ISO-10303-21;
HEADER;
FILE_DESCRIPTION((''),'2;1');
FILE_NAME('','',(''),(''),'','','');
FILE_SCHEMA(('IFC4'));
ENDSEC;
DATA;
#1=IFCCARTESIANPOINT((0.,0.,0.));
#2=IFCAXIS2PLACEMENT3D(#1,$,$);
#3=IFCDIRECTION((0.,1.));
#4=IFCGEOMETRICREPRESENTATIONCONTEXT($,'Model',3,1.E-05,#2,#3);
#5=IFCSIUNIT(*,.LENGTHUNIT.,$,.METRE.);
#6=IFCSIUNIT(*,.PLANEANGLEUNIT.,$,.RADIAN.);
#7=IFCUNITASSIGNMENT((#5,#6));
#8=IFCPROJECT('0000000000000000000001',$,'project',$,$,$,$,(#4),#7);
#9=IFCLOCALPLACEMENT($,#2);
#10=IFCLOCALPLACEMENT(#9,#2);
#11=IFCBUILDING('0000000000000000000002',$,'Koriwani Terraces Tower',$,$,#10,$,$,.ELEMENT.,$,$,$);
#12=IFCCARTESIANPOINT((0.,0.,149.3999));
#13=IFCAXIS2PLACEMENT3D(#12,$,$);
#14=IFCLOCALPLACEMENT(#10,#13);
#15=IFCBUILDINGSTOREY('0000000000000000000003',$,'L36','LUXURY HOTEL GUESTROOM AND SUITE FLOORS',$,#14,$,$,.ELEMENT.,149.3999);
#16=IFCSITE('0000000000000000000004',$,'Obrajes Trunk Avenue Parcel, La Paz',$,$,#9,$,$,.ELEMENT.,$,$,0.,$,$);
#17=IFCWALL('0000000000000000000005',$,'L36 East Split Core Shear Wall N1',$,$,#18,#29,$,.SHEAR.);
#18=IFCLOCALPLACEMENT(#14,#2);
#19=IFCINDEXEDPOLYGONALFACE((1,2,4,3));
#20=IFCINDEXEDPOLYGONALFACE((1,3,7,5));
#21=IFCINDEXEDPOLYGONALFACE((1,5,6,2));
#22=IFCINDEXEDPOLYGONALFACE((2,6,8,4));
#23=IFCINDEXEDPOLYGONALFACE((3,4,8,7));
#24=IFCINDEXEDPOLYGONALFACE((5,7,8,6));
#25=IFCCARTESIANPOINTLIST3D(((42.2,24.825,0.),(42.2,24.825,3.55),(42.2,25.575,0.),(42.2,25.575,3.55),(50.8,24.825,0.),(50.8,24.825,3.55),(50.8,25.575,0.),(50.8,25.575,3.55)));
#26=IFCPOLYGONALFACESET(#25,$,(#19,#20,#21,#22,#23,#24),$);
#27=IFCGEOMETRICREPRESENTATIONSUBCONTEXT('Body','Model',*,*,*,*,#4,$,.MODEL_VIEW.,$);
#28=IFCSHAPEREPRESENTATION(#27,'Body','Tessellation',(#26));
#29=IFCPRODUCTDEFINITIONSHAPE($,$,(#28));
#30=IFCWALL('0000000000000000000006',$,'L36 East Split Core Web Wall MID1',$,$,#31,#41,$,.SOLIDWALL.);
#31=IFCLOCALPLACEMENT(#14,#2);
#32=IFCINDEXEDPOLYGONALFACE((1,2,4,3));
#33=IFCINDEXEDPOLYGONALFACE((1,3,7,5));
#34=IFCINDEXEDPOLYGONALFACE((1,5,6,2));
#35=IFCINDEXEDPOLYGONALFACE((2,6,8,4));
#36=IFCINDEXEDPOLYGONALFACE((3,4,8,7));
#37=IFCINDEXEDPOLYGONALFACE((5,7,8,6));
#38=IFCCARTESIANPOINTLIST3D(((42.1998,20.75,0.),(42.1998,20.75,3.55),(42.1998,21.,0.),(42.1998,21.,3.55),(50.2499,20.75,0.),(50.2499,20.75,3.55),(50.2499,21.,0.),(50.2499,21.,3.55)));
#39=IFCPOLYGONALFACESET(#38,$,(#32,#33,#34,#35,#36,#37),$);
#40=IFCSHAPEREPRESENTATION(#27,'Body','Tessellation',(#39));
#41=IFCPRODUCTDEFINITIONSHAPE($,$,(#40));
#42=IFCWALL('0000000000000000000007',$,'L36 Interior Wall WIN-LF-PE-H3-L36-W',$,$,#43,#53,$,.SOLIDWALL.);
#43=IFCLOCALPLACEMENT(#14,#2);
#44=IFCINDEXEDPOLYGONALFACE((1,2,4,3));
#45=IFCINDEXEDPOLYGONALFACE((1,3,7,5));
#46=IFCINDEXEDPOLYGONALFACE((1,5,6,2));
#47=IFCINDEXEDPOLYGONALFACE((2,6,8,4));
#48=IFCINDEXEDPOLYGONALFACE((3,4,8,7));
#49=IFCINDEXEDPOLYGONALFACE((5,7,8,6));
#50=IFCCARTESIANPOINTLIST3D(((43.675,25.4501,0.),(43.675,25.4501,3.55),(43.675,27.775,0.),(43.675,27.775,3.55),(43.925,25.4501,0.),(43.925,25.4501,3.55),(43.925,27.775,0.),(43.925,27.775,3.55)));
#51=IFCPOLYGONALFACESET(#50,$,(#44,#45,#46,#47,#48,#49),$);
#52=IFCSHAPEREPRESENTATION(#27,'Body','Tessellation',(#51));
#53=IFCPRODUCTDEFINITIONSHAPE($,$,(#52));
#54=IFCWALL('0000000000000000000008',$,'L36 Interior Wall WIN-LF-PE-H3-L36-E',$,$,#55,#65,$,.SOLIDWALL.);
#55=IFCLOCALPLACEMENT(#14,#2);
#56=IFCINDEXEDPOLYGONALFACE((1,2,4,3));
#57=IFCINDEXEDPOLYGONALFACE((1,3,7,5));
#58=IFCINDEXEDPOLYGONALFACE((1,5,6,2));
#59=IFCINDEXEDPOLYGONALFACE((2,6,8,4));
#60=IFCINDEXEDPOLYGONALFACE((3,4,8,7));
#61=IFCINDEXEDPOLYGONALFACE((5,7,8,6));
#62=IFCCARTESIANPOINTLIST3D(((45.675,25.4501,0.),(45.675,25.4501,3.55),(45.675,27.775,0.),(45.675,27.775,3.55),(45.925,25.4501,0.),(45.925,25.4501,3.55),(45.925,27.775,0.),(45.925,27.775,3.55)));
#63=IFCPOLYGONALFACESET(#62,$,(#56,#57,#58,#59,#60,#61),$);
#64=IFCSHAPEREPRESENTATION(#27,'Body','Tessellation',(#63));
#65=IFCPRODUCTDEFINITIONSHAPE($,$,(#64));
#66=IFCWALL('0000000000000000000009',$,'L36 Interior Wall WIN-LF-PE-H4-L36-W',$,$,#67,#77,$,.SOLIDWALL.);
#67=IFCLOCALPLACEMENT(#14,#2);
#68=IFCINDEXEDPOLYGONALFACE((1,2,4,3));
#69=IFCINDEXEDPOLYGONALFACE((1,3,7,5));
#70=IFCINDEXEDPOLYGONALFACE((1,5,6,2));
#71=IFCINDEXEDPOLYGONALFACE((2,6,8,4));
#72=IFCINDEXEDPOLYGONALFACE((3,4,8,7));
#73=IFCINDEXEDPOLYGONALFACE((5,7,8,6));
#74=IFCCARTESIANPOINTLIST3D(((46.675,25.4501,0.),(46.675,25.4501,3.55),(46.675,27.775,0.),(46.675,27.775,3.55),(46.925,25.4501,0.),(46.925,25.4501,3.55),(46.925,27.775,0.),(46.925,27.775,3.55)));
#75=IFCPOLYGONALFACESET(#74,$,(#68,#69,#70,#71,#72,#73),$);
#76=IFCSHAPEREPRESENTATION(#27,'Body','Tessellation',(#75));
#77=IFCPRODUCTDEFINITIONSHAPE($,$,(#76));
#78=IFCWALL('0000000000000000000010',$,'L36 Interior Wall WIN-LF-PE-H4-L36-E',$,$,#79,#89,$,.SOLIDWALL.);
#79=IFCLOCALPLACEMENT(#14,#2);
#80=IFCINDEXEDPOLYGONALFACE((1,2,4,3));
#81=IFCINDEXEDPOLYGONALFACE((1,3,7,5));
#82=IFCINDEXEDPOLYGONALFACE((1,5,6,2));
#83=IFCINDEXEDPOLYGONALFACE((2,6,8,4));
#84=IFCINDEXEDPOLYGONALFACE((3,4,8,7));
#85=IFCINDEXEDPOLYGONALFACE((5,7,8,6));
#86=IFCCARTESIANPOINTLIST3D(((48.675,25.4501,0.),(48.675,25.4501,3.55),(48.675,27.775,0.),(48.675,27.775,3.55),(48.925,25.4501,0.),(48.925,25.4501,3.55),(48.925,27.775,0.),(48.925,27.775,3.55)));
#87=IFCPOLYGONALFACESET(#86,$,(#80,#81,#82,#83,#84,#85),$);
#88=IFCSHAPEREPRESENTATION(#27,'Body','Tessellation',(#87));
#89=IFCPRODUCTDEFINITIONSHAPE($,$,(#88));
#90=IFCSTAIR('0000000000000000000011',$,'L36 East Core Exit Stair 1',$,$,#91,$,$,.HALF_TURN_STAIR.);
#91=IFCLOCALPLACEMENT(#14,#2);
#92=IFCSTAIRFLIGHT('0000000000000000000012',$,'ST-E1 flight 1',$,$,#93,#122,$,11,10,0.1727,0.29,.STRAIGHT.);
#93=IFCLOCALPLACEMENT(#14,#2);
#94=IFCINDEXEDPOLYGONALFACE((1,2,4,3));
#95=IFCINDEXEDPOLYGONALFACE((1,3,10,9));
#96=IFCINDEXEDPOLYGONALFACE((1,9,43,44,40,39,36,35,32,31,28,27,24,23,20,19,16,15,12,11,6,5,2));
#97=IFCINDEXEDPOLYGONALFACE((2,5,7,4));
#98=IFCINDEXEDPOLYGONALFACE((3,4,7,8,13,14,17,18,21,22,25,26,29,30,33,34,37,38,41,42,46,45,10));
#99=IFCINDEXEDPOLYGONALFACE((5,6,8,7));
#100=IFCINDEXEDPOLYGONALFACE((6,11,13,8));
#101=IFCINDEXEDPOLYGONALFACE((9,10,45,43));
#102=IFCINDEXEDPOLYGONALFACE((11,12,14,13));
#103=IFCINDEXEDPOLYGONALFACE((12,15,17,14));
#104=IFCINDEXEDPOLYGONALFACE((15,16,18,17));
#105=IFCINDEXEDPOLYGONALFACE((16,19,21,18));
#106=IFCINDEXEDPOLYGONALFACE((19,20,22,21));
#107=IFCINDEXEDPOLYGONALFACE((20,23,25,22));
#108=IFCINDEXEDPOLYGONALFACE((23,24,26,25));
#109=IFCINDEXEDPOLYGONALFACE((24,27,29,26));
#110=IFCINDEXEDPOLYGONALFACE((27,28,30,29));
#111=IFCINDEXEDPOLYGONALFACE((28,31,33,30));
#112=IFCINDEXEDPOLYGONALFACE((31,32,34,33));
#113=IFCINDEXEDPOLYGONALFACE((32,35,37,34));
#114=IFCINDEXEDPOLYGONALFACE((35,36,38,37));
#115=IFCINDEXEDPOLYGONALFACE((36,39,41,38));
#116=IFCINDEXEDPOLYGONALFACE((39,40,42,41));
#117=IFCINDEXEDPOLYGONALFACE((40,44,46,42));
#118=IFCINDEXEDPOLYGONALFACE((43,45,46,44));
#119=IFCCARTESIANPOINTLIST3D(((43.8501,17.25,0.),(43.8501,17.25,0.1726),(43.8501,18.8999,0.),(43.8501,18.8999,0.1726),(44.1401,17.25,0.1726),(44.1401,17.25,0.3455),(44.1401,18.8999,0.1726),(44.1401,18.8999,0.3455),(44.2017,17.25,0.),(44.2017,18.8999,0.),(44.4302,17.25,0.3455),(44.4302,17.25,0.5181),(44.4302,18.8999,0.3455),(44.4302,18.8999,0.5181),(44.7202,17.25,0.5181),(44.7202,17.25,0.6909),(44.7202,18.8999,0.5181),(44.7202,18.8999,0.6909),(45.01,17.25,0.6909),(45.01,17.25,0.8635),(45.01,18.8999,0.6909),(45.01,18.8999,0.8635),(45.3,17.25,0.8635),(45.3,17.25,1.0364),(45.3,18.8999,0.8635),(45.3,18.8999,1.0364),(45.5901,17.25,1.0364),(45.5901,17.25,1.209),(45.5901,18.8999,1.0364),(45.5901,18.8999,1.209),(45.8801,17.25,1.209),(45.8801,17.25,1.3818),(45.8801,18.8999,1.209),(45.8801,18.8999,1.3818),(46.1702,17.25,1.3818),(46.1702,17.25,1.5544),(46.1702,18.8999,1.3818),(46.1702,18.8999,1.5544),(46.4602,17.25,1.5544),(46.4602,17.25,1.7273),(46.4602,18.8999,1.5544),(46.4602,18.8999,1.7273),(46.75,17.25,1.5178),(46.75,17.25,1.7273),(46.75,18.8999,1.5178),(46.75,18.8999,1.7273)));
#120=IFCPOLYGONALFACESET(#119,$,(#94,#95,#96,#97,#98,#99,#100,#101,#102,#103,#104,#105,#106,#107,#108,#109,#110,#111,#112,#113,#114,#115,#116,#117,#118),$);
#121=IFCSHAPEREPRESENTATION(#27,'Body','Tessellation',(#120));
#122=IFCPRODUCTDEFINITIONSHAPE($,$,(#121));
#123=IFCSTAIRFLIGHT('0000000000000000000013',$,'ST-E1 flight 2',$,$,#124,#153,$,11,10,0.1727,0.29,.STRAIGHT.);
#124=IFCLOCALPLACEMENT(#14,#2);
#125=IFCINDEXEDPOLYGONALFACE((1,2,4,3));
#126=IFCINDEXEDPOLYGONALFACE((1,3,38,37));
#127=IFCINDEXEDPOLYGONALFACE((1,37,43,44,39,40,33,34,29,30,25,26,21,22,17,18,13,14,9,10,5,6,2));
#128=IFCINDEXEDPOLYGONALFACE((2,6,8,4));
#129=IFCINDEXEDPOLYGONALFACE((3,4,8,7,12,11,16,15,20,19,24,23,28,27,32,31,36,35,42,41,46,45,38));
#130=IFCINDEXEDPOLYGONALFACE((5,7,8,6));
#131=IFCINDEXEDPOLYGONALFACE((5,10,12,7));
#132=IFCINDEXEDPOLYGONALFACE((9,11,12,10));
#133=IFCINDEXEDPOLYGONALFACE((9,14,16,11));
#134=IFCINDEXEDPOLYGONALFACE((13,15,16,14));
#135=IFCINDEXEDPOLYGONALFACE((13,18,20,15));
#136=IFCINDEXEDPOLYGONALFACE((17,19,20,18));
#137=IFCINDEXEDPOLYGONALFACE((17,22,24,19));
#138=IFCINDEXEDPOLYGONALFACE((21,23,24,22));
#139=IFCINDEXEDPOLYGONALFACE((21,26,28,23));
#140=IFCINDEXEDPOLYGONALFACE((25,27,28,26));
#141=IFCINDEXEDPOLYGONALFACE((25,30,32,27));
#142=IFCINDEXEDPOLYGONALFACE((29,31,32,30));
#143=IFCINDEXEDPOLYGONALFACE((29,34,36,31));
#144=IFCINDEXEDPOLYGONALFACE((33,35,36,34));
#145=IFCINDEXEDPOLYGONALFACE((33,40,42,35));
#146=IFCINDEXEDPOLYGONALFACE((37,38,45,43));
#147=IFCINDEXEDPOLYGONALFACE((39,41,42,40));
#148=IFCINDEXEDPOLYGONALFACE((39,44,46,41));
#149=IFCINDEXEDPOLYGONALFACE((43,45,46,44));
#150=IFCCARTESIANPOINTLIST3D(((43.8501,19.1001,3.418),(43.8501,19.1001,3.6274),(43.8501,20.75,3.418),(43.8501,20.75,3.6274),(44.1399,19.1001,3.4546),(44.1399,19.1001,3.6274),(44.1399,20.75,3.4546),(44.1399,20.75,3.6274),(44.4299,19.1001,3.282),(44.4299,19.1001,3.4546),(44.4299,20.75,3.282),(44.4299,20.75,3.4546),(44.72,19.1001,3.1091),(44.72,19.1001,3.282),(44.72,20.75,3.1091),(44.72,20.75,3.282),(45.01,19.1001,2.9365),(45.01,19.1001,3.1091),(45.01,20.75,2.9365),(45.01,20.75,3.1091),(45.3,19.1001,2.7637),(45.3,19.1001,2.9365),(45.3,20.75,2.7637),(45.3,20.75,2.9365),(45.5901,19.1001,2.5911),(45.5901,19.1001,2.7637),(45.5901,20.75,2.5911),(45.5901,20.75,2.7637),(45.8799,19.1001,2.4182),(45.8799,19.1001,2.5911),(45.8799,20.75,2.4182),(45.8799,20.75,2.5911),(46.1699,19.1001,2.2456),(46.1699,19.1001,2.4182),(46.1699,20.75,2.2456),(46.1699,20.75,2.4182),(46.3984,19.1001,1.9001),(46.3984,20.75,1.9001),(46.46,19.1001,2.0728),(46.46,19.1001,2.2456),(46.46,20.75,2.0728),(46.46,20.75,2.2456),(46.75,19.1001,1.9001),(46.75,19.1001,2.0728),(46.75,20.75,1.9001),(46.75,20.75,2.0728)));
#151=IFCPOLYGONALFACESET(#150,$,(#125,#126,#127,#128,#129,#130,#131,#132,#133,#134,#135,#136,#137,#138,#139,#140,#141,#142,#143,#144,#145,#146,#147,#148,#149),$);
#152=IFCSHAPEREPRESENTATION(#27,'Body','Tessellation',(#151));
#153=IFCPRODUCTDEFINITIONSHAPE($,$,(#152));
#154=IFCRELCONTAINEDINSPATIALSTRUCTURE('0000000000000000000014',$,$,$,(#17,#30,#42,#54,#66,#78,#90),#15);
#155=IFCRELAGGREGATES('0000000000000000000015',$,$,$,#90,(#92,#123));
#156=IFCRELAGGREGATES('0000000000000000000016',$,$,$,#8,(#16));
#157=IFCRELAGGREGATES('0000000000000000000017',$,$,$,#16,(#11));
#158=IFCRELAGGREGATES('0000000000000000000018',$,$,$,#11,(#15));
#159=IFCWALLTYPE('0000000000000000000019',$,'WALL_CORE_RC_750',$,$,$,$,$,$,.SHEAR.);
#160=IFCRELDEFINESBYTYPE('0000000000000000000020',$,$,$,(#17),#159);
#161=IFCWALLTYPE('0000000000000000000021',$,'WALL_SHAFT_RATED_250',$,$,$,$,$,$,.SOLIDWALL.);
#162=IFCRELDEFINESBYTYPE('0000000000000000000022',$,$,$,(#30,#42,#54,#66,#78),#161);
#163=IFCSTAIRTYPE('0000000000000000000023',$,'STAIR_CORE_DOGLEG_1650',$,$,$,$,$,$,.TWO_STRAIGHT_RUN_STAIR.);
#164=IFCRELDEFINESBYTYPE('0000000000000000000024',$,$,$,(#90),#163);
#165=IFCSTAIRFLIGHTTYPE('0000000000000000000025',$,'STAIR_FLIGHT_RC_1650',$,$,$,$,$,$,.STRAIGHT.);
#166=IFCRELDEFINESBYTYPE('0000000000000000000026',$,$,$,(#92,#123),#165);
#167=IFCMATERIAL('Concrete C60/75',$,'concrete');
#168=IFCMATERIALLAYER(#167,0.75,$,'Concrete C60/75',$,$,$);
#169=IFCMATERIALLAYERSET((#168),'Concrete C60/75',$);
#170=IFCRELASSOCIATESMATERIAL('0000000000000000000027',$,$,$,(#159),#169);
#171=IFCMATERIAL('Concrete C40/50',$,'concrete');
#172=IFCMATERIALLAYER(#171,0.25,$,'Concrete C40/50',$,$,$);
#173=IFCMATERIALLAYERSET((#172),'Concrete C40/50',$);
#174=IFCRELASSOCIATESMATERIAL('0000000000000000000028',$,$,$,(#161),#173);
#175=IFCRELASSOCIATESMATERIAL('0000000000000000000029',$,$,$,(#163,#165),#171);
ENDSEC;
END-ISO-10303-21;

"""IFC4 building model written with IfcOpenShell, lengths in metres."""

from ifc_helpers import new_model, si_unit, direction, frame, frame_2d, origin, place, context, subcontext, project, spatial, polyline, rectangle, outline, extrude, material, layer, layer_set, type_object, element, aggregate, save


model = new_model("IFC4")

# Units and contexts
model_context = context("Model", 3, precision=1e-05, world=origin(), true_north=direction((0.0, 1.0)))
body_context = subcontext(model_context, "Body", "Model", "MODEL_VIEW")
ifc_project = project(units=[si_unit("LENGTHUNIT", "METRE"), si_unit("PLANEANGLEUNIT", "RADIAN")], contexts=[model_context])

# Site, building, storey
site_placement = place(None, origin())
site = spatial("IfcSite", under=ifc_project, at=site_placement, Name="Obrajes Trunk Avenue Parcel, La Paz", CompositionType="ELEMENT", RefElevation=0.0)
building_placement = place(site_placement, origin())
building = spatial("IfcBuilding", under=site, at=building_placement, Name="Koriwani Terraces Tower", CompositionType="ELEMENT")
storey_placement = place(building_placement, frame((0.0, 0.0, 149.3999)))
storey = spatial("IfcBuildingStorey", under=building, at=storey_placement, Name="L36", Description="LUXURY HOTEL GUESTROOM AND SUITE FLOORS", CompositionType="ELEMENT", Elevation=149.3999)

# Shared definitions
ifc_material_1 = material(Name="Concrete C60/75", Category="concrete")

# Shared definitions
ifc_material_2 = material(Name="Concrete C40/50", Category="concrete")

# Walls
ifc_layer_1 = layer(ifc_material_1, 0.75, Name="Concrete C60/75")
ifc_layer_set_1 = layer_set([ifc_layer_1], Name="Concrete C60/75")
wall_type_1 = type_object("IfcWallType", Name="WALL_CORE_RC_750", PredefinedType="SHEAR", material=ifc_layer_set_1)
wall_1_placement = place(storey_placement, frame((42.2, 25.2, 0.0), z_axis=(0.0, 0.0, 1.0), x_axis=(1.0, 0.0, 0.0)))
element("IfcWall", 1, at=wall_1_placement, inside=storey, type_object=wall_type_1, Name="L36 East Split Core Shear Wall N1", PredefinedType="SHEAR", context=body_context, shape_type="SweptSolid", body=[
    extrude(rectangle(XDim=8.6001, YDim=0.75, at=frame_2d((4.3, 0.0))), origin(), (0.0, 0.0, 1.0), 3.55),
])
ifc_layer_2 = layer(ifc_material_2, 0.25, Name="Concrete C40/50")
ifc_layer_set_2 = layer_set([ifc_layer_2], Name="Concrete C40/50")
wall_type_2 = type_object("IfcWallType", Name="WALL_SHAFT_RATED_250", PredefinedType="SOLIDWALL", material=ifc_layer_set_2)
wall_2_placement = place(storey_placement, frame((42.2, 20.875, 0.0), z_axis=(0.0, 0.0, 1.0), x_axis=(1.0, 0.0, 0.0)))
element("IfcWall", 2, at=wall_2_placement, inside=storey, type_object=wall_type_2, Name="L36 East Split Core Web Wall MID1", PredefinedType="SOLIDWALL", context=body_context, shape_type="SweptSolid", body=[
    extrude(rectangle(XDim=8.05, YDim=0.25, at=frame_2d((4.0249, 0.0))), origin(), (0.0, 0.0, 1.0), 3.55),
])

# Walls
for number, where, z_axis, x_axis, name in (
    (3, (43.8, 25.45, 0.0), (0.0, 0.0, 1.0), (0.0, 1.0, 0.0), "L36 Interior Wall WIN-LF-PE-H3-L36-W"),
    (4, (45.8, 25.45, 0.0), (0.0, 0.0, 1.0), (0.0, 1.0, 0.0), "L36 Interior Wall WIN-LF-PE-H3-L36-E"),
    (5, (46.8, 25.45, 0.0), (0.0, 0.0, 1.0), (0.0, 1.0, 0.0), "L36 Interior Wall WIN-LF-PE-H4-L36-W"),
    (6, (48.8, 25.45, 0.0), (0.0, 0.0, 1.0), (0.0, 1.0, 0.0), "L36 Interior Wall WIN-LF-PE-H4-L36-E"),
):
    element("IfcWall", number, at=place(storey_placement, frame(where, z_axis=z_axis, x_axis=x_axis)), inside=storey, type_object=wall_type_2, Name=name, PredefinedType="SOLIDWALL", context=body_context, shape_type="SweptSolid", body=[
        extrude(rectangle(XDim=2.325, YDim=0.25, at=frame_2d((1.1626, 0.0))), origin(), (0.0, 0.0, 1.0), 3.55),
    ])

# Stair, stair flights
stair_type = type_object("IfcStairType", Name="STAIR_CORE_DOGLEG_1650", PredefinedType="TWO_STRAIGHT_RUN_STAIR", material=ifc_material_2)
stair_placement = place(storey_placement, origin())
stair = element("IfcStair", 7, at=stair_placement, inside=storey, type_object=stair_type, Name="L36 East Core Exit Stair 1", PredefinedType="HALF_TURN_STAIR")
stair_flight_type = type_object("IfcStairFlightType", Name="STAIR_FLIGHT_RC_1650", PredefinedType="STRAIGHT", material=ifc_material_2)
stair_flight_1_placement = place(storey_placement, frame((43.8501, 18.075, 0.0), z_axis=(0.0, 0.0, 1.0), x_axis=(1.0, 0.0, 0.0)))
stair_flight_1 = element("IfcStairFlight", 8, at=stair_flight_1_placement, type_object=stair_flight_type, Name="ST-E1 flight 1", NumberOfRisers=11, NumberOfTreads=10, PredefinedType="STRAIGHT", RiserHeight=0.1727, TreadLength=0.29, context=body_context, shape_type="SweptSolid", body=[
    extrude(outline(polyline([(0.0, 0.0), (0.0, 0.1726), (0.29, 0.1726), (0.29, 0.3455), (0.5801, 0.3455), (0.5801, 0.5181), (0.8701, 0.5181), (0.8701, 0.6909), (1.1599, 0.6909), (1.1599, 0.8635), (1.45, 0.8635), (1.45, 1.0364), (1.74, 1.0364), (1.74, 1.209), (2.03, 1.209), (2.03, 1.3818), (2.3201, 1.3818), (2.3201, 1.5544), (2.6101, 1.5544), (2.6101, 1.7273), (2.8999, 1.7273), (2.8999, 1.8999), (2.8999, 1.5178), (0.3516, 0.0), (0.0, 0.0)])), frame((0.0, 0.825, 0.0), z_axis=(0.0, -1.0, 0.0), x_axis=(1.0, 0.0, 0.0)), (0.0, 0.0, 1.0), 1.6499),
])
stair_flight_2_placement = place(storey_placement, frame((46.75, 19.925, 1.9001), z_axis=(0.0, 0.0, 1.0), x_axis=(-1.0, 0.0, 0.0)))
stair_flight_2 = element("IfcStairFlight", 9, at=stair_flight_2_placement, type_object=stair_flight_type, Name="ST-E1 flight 2", NumberOfRisers=11, NumberOfTreads=10, PredefinedType="STRAIGHT", RiserHeight=0.1727, TreadLength=0.29, context=body_context, shape_type="SweptSolid", body=[
    extrude(outline(polyline([(0.0, 0.0), (0.0, 0.1726), (0.29, 0.1726), (0.29, 0.3455), (0.5801, 0.3455), (0.5801, 0.5181), (0.8701, 0.5181), (0.8701, 0.6909), (1.1599, 0.6909), (1.1599, 0.8635), (1.45, 0.8635), (1.45, 1.0364), (1.74, 1.0364), (1.74, 1.209), (2.03, 1.209), (2.03, 1.3818), (2.3201, 1.3818), (2.3201, 1.5544), (2.6101, 1.5544), (2.6101, 1.7273), (2.8999, 1.7273), (2.8999, 1.8999), (2.8999, 1.5178), (0.3516, 0.0), (0.0, 0.0)])), frame((0.0, 0.825, 0.0), z_axis=(0.0, -1.0, 0.0), x_axis=(1.0, 0.0, 0.0)), (0.0, 0.0, 1.0), 1.6499),
])
aggregate(stair, [stair_flight_1, stair_flight_2])

save(model, "model.ifc")
